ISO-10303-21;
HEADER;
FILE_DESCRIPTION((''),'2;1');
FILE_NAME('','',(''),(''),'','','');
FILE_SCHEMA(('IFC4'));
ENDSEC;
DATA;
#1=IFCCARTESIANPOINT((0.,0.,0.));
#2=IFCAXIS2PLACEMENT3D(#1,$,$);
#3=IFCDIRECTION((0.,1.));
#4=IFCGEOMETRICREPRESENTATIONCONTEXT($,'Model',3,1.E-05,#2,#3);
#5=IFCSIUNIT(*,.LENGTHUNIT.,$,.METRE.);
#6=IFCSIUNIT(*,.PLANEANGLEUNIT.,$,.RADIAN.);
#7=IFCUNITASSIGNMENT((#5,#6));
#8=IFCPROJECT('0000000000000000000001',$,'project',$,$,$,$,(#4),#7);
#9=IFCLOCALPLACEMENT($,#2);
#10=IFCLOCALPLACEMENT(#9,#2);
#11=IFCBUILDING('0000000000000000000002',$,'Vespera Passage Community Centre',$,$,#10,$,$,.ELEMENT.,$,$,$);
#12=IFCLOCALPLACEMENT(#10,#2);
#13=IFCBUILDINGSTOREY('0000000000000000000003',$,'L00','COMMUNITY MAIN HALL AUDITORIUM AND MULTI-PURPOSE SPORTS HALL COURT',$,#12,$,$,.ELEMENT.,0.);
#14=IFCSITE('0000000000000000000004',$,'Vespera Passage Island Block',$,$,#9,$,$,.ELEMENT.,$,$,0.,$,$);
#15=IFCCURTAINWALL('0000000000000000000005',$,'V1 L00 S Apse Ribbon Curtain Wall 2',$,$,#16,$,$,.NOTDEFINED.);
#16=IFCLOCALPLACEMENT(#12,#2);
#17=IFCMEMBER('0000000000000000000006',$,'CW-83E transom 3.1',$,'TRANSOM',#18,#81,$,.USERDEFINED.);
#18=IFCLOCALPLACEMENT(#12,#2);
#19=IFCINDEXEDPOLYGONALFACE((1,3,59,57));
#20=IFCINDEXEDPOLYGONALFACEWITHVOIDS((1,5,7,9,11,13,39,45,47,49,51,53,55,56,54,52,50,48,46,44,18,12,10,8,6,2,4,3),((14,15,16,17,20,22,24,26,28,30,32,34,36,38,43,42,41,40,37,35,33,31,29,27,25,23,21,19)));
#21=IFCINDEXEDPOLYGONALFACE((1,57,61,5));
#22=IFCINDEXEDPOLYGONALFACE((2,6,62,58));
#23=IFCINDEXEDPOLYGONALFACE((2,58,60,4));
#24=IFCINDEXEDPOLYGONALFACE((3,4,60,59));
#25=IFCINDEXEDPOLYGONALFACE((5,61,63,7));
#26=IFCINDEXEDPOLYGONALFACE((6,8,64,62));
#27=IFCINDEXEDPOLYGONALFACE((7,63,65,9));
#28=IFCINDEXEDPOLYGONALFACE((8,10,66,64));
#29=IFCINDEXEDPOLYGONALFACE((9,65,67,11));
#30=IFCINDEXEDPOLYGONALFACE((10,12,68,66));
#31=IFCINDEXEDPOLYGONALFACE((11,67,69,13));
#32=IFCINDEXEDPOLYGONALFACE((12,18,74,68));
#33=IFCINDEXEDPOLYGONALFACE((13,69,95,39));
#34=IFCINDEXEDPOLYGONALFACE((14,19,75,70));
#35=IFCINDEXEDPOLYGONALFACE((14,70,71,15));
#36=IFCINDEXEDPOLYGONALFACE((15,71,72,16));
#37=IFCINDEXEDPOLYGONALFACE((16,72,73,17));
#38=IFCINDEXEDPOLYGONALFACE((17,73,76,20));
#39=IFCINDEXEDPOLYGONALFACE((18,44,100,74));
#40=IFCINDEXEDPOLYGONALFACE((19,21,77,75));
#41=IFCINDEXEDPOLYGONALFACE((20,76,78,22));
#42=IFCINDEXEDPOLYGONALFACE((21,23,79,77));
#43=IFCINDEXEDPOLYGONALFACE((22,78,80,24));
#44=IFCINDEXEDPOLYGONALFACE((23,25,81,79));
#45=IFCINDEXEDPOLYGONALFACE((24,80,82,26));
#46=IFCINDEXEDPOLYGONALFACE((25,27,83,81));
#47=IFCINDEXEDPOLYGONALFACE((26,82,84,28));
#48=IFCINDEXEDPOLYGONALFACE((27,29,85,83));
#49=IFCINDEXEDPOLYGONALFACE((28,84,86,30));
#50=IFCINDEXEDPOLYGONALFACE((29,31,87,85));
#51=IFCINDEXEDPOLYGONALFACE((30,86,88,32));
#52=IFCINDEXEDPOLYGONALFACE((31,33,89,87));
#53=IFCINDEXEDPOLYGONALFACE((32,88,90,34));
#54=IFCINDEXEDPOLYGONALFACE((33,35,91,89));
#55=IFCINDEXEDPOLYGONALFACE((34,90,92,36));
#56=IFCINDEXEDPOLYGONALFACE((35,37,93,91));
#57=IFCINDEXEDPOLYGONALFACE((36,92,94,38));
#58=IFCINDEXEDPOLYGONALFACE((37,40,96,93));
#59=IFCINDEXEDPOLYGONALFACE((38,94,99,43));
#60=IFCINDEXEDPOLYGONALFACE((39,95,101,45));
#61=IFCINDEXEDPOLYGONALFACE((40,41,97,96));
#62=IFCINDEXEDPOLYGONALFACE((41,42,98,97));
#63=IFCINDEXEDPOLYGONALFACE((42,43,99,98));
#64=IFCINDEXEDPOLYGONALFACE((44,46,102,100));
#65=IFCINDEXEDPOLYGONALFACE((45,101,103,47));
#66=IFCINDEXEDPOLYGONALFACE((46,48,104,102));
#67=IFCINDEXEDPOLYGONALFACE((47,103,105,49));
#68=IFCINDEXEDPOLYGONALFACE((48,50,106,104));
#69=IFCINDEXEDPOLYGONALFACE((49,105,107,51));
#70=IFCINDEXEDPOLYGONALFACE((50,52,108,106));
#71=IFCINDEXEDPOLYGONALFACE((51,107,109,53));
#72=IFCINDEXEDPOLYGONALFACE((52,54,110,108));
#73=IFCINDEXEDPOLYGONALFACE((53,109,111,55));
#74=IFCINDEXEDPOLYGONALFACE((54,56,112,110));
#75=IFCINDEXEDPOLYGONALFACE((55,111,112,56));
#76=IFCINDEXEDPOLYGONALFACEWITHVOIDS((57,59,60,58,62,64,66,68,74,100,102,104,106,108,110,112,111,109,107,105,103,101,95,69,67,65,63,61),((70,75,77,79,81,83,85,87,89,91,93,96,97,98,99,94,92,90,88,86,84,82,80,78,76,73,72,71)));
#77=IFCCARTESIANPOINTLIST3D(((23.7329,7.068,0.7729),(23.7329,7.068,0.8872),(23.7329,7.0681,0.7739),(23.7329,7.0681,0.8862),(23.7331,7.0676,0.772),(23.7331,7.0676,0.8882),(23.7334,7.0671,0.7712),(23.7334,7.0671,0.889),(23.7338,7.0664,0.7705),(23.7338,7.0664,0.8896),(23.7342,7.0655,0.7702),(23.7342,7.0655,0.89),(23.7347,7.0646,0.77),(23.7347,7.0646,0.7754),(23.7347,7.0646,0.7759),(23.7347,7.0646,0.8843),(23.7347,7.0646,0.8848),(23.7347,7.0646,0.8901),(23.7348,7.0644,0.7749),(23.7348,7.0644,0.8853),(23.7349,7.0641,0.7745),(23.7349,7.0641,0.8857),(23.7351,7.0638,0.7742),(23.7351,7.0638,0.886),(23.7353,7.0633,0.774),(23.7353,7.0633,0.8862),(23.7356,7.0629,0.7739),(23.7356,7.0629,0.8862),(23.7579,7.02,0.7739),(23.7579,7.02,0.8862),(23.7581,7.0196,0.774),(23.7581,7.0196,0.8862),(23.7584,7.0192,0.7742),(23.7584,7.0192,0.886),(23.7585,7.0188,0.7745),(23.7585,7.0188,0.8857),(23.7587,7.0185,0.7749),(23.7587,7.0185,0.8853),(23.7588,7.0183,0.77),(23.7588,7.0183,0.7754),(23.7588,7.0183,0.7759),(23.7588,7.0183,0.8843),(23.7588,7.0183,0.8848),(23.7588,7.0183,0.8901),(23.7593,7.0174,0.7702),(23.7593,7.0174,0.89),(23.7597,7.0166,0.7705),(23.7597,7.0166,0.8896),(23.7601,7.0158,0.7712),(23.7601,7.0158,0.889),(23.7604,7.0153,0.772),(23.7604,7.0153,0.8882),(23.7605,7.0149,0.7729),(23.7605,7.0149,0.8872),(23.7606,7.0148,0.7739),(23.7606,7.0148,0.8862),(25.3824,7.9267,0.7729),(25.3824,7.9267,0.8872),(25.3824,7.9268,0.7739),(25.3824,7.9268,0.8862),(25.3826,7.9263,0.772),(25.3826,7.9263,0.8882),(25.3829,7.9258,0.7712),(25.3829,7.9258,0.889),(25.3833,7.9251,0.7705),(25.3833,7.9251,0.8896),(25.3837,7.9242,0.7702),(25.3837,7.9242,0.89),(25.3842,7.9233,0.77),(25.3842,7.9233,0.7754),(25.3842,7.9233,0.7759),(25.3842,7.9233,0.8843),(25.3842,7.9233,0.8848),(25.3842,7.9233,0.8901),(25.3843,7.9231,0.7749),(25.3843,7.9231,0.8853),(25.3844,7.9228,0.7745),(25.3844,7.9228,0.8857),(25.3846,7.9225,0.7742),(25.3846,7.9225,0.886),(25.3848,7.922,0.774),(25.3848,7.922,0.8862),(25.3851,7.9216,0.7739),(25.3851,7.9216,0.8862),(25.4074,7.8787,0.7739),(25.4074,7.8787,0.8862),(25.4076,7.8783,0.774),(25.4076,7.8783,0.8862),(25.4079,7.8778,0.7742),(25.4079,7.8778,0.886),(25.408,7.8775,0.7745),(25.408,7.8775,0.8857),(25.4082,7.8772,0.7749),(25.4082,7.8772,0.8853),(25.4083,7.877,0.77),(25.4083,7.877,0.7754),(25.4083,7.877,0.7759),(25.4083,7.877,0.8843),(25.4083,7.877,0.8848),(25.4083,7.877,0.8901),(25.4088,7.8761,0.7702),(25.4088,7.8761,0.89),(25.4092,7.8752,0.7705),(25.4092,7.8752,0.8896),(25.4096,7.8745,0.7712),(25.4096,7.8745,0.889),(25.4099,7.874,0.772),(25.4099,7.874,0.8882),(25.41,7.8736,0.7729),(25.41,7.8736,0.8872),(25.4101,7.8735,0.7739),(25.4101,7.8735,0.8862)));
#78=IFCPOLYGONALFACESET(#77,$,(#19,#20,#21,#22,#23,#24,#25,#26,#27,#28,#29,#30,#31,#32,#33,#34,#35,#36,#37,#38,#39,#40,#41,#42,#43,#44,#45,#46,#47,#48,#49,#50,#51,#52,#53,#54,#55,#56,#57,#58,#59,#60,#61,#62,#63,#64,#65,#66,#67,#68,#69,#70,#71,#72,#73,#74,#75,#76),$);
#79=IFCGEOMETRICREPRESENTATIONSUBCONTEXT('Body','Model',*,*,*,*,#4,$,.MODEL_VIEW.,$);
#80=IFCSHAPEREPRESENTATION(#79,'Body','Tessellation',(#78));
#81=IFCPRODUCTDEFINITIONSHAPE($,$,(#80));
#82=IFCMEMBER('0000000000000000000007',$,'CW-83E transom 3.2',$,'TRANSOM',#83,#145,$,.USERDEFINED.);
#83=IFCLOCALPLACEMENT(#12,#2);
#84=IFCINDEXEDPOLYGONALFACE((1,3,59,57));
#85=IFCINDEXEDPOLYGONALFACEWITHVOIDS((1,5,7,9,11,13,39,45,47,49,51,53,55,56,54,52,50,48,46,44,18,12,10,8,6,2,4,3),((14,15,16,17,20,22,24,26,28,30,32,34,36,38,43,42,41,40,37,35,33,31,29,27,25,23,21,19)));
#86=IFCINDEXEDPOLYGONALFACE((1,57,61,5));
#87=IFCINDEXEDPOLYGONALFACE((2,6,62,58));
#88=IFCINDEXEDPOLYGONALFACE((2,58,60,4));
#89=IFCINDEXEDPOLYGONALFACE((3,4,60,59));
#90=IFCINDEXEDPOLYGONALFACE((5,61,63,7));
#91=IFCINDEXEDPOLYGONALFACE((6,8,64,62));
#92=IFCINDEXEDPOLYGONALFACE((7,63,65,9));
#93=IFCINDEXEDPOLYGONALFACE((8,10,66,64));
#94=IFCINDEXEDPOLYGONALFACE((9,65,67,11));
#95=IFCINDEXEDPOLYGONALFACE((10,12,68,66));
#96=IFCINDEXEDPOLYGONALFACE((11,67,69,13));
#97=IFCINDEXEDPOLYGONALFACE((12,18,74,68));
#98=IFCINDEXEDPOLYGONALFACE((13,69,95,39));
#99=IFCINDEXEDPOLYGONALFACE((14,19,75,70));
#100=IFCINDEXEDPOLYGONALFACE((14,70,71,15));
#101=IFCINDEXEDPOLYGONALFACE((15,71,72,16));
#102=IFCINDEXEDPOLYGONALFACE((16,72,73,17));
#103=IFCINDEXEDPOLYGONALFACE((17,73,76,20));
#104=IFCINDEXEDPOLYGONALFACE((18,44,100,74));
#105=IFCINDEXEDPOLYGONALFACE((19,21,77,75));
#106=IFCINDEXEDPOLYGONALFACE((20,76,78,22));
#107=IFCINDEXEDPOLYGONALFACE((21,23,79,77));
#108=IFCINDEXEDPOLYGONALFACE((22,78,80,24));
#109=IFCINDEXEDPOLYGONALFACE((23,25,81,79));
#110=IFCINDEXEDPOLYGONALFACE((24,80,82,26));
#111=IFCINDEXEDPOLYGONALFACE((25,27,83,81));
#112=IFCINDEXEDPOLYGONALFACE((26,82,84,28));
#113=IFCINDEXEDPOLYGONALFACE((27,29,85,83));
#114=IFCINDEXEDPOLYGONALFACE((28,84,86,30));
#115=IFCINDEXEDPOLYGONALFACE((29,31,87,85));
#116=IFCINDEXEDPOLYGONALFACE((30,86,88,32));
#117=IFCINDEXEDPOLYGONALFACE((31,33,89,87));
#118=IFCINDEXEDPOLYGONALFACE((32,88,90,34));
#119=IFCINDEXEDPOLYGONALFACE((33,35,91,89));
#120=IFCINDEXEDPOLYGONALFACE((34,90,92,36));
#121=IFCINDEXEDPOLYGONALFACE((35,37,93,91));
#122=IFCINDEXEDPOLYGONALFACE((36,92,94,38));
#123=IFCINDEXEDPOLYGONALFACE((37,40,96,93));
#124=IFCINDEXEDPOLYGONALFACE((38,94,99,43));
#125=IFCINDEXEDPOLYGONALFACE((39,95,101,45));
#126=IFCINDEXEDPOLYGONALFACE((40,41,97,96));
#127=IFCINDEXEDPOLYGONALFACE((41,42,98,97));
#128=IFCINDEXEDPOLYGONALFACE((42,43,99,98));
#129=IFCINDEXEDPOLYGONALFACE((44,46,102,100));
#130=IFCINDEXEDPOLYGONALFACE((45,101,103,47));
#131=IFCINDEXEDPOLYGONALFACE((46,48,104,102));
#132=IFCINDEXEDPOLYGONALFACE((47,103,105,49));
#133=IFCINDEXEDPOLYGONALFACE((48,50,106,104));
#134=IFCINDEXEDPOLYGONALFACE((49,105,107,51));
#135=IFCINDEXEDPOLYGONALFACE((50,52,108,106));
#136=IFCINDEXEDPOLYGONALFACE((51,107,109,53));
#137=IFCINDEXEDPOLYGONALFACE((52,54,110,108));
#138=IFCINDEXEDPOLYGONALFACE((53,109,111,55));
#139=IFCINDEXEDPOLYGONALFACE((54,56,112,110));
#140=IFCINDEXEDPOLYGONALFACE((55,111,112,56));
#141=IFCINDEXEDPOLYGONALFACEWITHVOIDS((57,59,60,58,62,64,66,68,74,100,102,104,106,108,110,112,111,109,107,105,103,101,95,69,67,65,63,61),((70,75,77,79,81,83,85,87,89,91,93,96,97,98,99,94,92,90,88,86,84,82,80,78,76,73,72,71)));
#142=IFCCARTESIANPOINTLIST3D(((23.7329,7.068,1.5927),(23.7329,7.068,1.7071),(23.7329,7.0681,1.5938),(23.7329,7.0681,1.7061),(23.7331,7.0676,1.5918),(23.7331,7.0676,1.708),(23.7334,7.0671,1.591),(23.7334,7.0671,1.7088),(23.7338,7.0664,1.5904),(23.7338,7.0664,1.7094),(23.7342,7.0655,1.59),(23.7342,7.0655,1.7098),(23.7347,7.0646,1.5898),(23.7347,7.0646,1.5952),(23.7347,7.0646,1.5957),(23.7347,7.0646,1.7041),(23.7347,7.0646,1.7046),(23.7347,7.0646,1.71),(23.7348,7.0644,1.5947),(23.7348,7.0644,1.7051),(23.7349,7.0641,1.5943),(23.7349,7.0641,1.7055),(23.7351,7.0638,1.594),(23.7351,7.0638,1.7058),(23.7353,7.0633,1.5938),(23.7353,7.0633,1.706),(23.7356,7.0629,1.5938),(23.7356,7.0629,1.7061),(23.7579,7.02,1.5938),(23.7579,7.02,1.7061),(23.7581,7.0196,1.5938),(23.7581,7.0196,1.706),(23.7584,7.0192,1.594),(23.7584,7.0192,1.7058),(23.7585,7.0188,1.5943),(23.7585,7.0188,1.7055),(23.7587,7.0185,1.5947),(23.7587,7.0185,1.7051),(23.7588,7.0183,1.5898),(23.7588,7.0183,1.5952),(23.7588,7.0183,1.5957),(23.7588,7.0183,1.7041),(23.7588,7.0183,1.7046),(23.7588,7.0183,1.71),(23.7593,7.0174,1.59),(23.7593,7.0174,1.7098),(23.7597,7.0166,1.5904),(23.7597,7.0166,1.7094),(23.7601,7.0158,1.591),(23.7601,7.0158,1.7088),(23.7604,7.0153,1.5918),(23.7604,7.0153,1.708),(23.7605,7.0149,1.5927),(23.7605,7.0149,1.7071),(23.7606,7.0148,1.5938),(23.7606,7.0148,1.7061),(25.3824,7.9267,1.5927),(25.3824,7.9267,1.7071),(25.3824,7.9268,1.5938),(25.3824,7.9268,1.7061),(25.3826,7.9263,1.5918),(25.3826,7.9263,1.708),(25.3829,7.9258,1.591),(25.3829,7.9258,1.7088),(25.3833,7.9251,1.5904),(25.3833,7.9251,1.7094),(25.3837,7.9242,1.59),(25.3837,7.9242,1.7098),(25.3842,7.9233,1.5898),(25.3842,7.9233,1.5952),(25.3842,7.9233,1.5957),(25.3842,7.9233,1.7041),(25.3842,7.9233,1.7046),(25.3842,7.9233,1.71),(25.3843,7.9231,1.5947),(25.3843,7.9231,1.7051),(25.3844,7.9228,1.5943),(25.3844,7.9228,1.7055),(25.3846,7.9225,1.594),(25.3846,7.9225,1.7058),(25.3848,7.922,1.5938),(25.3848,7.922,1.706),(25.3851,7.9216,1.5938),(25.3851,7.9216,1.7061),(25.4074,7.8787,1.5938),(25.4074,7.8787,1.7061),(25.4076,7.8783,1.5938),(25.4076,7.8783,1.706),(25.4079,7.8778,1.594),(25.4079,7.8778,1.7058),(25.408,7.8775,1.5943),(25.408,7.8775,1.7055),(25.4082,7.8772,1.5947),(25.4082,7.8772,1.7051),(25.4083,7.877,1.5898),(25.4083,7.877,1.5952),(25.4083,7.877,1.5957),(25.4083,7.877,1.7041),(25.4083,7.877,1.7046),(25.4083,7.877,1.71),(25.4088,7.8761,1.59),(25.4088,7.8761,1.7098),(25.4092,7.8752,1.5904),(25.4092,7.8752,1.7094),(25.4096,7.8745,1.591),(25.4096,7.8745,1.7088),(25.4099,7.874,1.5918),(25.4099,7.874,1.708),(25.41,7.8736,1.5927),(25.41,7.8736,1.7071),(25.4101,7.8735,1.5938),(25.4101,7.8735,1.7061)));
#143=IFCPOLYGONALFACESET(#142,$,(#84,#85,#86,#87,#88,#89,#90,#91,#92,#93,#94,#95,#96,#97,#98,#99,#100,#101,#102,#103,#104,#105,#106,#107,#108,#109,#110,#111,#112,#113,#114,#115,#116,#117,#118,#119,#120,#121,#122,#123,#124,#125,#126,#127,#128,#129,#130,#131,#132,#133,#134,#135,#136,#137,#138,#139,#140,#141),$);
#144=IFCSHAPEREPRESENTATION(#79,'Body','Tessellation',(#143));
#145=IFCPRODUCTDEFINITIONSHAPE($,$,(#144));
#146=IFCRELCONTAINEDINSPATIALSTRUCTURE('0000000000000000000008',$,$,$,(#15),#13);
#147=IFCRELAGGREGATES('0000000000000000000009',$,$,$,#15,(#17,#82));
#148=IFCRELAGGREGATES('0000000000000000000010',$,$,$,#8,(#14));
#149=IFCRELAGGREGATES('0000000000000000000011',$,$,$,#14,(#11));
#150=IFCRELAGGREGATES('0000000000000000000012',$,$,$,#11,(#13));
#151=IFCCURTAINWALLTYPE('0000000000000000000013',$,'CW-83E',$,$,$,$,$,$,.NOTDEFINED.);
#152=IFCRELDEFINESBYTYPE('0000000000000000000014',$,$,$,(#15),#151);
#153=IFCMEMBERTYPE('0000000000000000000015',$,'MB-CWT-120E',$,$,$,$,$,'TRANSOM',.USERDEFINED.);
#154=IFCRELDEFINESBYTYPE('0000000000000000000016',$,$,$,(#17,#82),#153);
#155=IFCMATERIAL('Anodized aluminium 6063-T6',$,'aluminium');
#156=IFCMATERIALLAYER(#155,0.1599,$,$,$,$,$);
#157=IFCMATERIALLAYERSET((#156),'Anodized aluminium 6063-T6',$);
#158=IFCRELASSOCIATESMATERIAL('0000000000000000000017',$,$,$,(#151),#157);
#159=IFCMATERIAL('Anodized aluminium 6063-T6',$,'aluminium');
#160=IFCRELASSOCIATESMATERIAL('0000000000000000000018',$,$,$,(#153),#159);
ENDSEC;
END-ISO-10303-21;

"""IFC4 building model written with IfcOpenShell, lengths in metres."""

from ifc_helpers import new_model, si_unit, direction, frame, origin, origin_2d, place, context, subcontext, project, spatial, hollow_rectangle, extrude, material, layer, layer_set, material_profile, profile_set, type_object, element, aggregate, save


model = new_model("IFC4")

# Units and contexts
model_context = context("Model", 3, precision=1e-05, world=origin(), true_north=direction((0.0, 1.0)))
body_context = subcontext(model_context, "Body", "Model", "MODEL_VIEW")
ifc_project = project(units=[si_unit("LENGTHUNIT", "METRE"), si_unit("PLANEANGLEUNIT", "RADIAN")], contexts=[model_context])

# Site, building, storey
site_placement = place(None, origin())
site = spatial("IfcSite", under=ifc_project, at=site_placement, Name="Vespera Passage Island Block", CompositionType="ELEMENT", RefElevation=0.0)
building_placement = place(site_placement, origin())
building = spatial("IfcBuilding", under=site, at=building_placement, Name="Vespera Passage Community Centre", CompositionType="ELEMENT")
storey_placement = place(building_placement, origin())
storey = spatial("IfcBuildingStorey", under=building, at=storey_placement, Name="L00", Description="COMMUNITY MAIN HALL AUDITORIUM AND MULTI-PURPOSE SPORTS HALL COURT", CompositionType="ELEMENT", Elevation=0.0)

# Curtain wall, members
ifc_material_1 = material(Name="Anodized aluminium 6063-T6", Category="aluminium")
ifc_layer_1 = layer(ifc_material_1, 0.1599)
ifc_layer_set_1 = layer_set([ifc_layer_1], Name="Anodized aluminium 6063-T6")
curtain_wall_type = type_object("IfcCurtainWallType", Name="CW-83E", PredefinedType="NOTDEFINED", material=ifc_layer_set_1)
curtain_wall_placement = place(storey_placement, origin())
curtain_wall = element("IfcCurtainWall", 1, at=curtain_wall_placement, inside=storey, type_object=curtain_wall_type, Name="V1 L00 S Apse Ribbon Curtain Wall 2", PredefinedType="NOTDEFINED")
ifc_material_2 = material(Name="Anodized aluminium 6063-T6", Category="aluminium")
ifc_material_profile_1 = material_profile(ifc_material_2, hollow_rectangle(XDim=0.0601, YDim=0.1201, WallThickness=0.0039, InnerFilletRadius=0.002, OuterFilletRadius=0.0039, at=origin_2d()), Name="ALU120X60X4")
ifc_profile_set_1 = profile_set([ifc_material_profile_1], Name="Anodized aluminium 6063-T6")
member_type_1 = type_object("IfcMemberType", Name="MB-CWT-120E", ElementType="TRANSOM", PredefinedType="USERDEFINED", material=ifc_profile_set_1)
member_1_placement = place(storey_placement, frame((25.3962, 7.9001, 0.8301), z_axis=(-0.887008, -0.461754, 0.0), x_axis=(0.461754, -0.887008, 0.0)))
member_1 = element("IfcMember", 2, at=member_1_placement, type_object=member_type_1, Name="CW-83E transom 3.1", ObjectType="TRANSOM", PredefinedType="USERDEFINED", context=body_context, shape_type="SweptSolid", body=[
    extrude(hollow_rectangle(XDim=0.0601, YDim=0.1201, WallThickness=0.0039, InnerFilletRadius=0.002, OuterFilletRadius=0.0039, at=origin_2d()), origin(), (0.0, 0.0, 1.0), 1.8596),
])
member_2_placement = place(storey_placement, frame((25.3962, 7.9001, 1.6499), z_axis=(-0.887008, -0.461754, 0.0), x_axis=(0.461754, -0.887008, 0.0)))
member_2 = element("IfcMember", 3, at=member_2_placement, type_object=member_type_1, Name="CW-83E transom 3.2", ObjectType="TRANSOM", PredefinedType="USERDEFINED", context=body_context, shape_type="SweptSolid", body=[
    extrude(hollow_rectangle(XDim=0.0601, YDim=0.1201, WallThickness=0.0039, InnerFilletRadius=0.002, OuterFilletRadius=0.0039, at=origin_2d()), origin(), (0.0, 0.0, 1.0), 1.8596),
])
aggregate(curtain_wall, [member_1, member_2])

save(model, "model.ifc")
